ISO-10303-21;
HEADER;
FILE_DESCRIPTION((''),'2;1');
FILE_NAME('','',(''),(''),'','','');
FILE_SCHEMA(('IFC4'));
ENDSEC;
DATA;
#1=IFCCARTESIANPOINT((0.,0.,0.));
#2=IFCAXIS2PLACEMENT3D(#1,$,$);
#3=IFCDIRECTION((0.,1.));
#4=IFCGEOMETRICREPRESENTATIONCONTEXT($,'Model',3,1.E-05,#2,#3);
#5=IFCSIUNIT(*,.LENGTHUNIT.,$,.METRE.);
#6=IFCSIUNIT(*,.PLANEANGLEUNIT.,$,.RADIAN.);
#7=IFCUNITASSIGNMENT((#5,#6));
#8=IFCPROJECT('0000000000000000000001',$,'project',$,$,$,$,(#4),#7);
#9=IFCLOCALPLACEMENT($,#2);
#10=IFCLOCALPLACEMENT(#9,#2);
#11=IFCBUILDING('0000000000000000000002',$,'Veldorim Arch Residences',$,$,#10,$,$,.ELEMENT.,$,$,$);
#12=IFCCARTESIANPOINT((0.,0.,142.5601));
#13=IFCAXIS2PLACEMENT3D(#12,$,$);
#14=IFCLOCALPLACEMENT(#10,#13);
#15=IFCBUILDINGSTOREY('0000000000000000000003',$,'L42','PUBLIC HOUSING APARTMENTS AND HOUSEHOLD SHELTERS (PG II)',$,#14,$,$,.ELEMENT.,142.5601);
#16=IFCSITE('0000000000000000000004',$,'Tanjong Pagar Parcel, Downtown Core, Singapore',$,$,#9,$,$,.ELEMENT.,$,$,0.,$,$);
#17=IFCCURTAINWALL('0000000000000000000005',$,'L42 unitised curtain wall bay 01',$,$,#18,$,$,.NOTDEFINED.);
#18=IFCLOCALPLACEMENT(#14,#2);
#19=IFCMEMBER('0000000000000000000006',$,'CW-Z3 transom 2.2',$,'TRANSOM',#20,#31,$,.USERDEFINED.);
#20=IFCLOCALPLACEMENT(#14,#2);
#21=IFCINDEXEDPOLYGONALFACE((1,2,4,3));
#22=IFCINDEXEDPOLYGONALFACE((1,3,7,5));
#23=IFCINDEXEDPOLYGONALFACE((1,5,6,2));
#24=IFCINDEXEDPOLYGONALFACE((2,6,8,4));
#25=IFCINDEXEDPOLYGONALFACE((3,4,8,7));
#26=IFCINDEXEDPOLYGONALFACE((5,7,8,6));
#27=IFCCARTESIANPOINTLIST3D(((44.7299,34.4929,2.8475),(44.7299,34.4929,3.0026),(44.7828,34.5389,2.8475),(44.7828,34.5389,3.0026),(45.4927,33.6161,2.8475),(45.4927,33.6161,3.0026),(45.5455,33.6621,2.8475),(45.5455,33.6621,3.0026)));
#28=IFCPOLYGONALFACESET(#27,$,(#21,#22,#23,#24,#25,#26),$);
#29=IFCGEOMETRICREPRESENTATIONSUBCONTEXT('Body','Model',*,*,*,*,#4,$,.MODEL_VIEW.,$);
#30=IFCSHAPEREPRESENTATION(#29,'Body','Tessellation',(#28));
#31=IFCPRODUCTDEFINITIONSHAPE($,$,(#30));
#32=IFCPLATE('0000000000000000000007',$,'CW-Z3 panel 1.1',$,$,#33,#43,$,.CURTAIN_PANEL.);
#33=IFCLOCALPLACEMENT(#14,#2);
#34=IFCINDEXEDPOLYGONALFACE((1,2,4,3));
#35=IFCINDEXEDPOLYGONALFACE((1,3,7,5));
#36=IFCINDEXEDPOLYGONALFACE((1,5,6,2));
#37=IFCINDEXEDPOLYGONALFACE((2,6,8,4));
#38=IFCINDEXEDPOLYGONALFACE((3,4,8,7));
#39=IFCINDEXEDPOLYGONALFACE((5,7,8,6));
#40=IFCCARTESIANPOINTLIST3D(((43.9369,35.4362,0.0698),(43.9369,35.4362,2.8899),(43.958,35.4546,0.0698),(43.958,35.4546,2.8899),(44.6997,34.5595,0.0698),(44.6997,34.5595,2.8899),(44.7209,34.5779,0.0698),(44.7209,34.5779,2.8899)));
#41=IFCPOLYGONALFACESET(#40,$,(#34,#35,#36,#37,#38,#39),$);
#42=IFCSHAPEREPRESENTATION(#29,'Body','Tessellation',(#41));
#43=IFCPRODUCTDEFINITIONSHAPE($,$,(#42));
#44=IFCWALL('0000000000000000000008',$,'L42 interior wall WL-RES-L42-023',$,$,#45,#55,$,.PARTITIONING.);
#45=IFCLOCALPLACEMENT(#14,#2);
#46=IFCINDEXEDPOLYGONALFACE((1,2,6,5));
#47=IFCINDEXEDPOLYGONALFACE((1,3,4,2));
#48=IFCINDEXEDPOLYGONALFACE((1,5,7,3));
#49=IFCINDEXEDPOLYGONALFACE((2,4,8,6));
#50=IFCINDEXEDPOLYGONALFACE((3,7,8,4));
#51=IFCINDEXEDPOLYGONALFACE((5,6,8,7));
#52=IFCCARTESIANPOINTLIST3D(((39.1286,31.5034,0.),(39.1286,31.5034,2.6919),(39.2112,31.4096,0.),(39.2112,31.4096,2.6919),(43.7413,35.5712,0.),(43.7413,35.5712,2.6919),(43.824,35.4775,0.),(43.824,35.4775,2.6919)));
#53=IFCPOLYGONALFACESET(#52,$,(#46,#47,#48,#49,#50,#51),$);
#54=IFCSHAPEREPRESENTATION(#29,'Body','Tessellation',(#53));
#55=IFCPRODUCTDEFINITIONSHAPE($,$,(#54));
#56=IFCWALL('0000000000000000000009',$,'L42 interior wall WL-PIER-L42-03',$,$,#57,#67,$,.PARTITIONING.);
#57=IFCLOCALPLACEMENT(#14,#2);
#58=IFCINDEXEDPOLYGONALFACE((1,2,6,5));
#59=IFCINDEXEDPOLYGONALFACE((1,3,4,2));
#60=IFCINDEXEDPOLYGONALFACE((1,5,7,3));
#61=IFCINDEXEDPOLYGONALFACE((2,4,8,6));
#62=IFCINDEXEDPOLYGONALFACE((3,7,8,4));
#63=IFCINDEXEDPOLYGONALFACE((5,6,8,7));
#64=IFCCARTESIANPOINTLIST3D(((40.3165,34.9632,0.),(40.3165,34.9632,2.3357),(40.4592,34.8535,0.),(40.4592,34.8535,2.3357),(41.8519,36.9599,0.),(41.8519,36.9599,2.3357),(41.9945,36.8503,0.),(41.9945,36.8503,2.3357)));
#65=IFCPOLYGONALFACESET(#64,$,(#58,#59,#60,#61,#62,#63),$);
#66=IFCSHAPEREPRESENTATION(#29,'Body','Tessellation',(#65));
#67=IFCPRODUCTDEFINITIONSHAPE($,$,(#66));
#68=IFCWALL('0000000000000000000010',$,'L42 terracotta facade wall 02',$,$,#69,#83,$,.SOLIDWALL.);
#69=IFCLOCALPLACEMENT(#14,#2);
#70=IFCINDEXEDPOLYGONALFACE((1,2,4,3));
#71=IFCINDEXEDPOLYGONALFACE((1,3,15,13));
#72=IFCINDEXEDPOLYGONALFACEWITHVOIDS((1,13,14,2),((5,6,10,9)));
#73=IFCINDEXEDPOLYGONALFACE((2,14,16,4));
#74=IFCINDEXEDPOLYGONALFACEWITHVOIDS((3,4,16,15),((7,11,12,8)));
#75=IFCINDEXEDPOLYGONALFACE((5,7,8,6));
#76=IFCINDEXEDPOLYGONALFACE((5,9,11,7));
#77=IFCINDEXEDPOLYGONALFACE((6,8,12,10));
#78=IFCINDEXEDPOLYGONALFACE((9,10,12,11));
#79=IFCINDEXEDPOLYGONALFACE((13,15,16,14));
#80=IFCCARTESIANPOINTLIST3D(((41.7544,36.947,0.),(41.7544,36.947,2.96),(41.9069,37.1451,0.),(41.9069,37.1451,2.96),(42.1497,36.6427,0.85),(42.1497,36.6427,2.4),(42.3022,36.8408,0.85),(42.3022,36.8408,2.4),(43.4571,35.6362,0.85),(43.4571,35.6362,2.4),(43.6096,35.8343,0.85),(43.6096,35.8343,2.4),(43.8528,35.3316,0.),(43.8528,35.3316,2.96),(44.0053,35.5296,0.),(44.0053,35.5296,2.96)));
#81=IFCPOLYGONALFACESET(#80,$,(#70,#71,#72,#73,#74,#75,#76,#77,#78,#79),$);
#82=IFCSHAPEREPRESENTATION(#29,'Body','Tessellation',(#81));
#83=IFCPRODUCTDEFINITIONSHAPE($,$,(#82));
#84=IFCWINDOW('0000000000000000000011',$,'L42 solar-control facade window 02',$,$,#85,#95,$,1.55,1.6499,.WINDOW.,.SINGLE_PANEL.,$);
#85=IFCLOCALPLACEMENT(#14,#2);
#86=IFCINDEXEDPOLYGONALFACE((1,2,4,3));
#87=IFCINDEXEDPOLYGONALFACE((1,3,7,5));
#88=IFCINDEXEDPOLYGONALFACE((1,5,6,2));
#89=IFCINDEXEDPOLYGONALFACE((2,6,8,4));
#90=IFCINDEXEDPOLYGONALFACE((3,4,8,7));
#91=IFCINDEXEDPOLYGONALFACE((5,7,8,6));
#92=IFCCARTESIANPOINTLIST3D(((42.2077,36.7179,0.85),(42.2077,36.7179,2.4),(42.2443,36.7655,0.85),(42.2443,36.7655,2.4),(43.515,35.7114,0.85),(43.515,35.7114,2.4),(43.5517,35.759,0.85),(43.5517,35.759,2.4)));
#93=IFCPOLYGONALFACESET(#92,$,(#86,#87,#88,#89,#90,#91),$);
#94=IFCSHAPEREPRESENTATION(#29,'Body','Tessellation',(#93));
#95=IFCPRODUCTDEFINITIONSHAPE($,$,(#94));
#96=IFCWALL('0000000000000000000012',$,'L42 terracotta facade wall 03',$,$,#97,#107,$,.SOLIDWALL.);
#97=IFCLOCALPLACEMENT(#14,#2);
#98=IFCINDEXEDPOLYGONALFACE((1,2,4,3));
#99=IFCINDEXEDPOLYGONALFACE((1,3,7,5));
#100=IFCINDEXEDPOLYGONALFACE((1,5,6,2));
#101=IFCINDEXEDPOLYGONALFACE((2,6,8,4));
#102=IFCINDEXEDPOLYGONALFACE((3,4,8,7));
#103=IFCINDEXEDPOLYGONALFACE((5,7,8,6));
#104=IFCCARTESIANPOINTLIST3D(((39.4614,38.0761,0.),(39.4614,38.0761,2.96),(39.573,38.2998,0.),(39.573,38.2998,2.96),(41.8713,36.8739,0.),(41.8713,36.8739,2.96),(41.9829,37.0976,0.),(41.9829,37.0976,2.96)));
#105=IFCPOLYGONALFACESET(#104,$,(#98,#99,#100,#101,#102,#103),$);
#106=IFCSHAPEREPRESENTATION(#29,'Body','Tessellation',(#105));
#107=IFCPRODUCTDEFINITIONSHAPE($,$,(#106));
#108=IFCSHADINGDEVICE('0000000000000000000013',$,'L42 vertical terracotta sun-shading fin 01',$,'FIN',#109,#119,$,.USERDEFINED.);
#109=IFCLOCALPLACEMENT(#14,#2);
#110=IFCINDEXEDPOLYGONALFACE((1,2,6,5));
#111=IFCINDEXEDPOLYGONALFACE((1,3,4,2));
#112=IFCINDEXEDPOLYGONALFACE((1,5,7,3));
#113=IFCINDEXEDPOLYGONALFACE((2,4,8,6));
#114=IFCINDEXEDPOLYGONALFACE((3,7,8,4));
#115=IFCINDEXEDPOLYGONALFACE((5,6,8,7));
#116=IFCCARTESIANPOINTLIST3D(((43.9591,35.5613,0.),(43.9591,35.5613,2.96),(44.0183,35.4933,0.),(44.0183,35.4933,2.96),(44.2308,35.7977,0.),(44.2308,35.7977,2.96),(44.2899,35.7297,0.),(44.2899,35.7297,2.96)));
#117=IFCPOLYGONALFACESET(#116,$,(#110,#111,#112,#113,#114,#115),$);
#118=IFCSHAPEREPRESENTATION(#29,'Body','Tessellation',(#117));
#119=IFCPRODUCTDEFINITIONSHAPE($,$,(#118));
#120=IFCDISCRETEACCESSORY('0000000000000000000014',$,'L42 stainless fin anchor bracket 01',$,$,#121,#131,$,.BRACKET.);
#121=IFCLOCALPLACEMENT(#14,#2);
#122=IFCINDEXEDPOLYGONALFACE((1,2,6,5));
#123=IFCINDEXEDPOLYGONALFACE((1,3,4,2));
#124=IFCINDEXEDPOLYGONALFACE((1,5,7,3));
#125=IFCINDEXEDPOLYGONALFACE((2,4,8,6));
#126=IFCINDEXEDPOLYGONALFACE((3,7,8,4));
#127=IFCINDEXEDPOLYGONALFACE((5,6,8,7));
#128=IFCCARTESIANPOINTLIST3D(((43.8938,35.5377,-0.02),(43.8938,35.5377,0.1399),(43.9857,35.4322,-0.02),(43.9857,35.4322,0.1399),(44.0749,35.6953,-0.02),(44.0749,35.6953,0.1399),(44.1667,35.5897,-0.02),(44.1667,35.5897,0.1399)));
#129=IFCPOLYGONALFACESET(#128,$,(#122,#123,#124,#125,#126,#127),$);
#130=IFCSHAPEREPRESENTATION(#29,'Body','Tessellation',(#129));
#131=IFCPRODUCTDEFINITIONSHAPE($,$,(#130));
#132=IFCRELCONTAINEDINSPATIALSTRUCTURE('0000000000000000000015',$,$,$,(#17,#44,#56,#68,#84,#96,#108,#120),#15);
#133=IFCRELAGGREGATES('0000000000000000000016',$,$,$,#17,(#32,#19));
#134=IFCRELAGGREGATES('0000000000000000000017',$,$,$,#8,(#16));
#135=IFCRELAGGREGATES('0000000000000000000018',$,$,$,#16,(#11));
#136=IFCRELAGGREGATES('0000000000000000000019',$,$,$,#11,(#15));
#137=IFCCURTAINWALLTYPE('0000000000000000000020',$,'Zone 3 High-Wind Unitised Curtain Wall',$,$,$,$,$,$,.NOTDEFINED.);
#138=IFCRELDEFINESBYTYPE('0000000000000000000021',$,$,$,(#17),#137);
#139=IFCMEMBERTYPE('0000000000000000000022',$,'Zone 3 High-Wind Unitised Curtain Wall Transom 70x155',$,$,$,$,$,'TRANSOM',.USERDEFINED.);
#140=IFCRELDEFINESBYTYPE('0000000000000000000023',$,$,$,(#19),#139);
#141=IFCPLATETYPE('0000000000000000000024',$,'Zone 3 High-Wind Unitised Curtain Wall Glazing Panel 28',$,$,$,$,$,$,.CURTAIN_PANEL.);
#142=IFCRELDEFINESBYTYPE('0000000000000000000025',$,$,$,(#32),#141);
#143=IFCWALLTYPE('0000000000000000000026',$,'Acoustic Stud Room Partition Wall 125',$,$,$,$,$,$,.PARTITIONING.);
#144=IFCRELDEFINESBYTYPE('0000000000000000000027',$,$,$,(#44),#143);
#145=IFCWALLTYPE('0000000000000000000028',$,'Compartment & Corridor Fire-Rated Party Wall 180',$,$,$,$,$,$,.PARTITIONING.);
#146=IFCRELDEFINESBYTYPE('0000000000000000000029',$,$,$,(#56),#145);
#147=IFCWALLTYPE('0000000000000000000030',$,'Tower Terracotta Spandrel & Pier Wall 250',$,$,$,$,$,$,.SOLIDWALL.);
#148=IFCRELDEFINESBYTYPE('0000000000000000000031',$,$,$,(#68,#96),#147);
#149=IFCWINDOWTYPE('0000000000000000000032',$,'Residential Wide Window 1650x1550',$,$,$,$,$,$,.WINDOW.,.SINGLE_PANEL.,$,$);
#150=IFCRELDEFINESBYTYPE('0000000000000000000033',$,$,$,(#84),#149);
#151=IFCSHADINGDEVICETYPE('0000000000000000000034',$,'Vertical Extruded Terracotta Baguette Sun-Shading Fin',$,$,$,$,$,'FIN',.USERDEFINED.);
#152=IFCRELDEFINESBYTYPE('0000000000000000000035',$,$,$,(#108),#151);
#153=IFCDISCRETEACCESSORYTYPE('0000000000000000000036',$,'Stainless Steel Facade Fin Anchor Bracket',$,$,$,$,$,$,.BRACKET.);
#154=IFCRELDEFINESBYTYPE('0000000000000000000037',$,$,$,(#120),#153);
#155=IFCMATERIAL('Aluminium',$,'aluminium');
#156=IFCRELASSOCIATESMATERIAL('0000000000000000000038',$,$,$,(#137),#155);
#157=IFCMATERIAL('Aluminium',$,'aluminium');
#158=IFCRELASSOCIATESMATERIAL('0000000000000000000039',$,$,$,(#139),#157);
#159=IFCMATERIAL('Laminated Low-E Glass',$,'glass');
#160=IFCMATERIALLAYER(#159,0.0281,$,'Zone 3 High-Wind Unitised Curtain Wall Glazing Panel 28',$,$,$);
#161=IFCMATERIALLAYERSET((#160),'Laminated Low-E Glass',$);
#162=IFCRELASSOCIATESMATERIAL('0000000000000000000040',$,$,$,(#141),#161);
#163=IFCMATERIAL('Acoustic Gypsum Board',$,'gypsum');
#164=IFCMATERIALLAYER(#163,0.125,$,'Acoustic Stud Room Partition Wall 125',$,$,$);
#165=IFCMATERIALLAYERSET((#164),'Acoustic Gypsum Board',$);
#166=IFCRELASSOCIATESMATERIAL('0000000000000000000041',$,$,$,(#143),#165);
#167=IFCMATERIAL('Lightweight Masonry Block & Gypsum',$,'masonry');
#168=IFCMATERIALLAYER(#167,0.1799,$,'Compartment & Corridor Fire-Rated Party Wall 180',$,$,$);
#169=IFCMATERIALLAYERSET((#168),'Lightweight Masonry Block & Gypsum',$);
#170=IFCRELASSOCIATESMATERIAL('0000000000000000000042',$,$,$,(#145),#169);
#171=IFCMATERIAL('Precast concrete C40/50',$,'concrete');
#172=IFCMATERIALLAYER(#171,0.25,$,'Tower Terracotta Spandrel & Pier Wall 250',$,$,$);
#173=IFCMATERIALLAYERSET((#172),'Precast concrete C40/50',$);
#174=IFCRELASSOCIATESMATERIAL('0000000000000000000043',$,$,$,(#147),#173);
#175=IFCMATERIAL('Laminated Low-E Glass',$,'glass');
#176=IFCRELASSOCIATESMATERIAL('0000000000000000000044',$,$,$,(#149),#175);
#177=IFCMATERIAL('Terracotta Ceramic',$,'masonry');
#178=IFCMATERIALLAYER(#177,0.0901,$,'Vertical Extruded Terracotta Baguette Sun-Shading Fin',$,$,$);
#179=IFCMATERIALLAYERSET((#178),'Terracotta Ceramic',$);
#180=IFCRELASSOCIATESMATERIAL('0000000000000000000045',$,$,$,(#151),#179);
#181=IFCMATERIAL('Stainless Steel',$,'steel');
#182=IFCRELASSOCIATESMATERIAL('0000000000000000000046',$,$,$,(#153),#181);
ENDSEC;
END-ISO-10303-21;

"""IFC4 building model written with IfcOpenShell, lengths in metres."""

from ifc_helpers import new_model, si_unit, direction, frame, frame_2d, origin, origin_2d, place, context, subcontext, project, spatial, rectangle, extrude, material, layer, layer_set, material_profile, profile_set, type_object, element, fill, aggregate, save


model = new_model("IFC4")

# Units and contexts
model_context = context("Model", 3, precision=1e-05, world=origin(), true_north=direction((0.0, 1.0)))
body_context = subcontext(model_context, "Body", "Model", "MODEL_VIEW")
ifc_project = project(units=[si_unit("LENGTHUNIT", "METRE"), si_unit("PLANEANGLEUNIT", "RADIAN")], contexts=[model_context])

# Site, building, storey
site_placement = place(None, origin())
site = spatial("IfcSite", under=ifc_project, at=site_placement, Name="Tanjong Pagar Parcel, Downtown Core, Singapore", CompositionType="ELEMENT", RefElevation=0.0)
building_placement = place(site_placement, origin())
building = spatial("IfcBuilding", under=site, at=building_placement, Name="Veldorim Arch Residences", CompositionType="ELEMENT")
storey_placement = place(building_placement, frame((0.0, 0.0, 142.5601)))
storey = spatial("IfcBuildingStorey", under=building, at=storey_placement, Name="L42", Description="PUBLIC HOUSING APARTMENTS AND HOUSEHOLD SHELTERS (PG II)", CompositionType="ELEMENT", Elevation=142.5601)

# Curtain wall, member, plate
ifc_material_1 = material(Name="Aluminium", Category="aluminium")
curtain_wall_type = type_object("IfcCurtainWallType", Name="Zone 3 High-Wind Unitised Curtain Wall", PredefinedType="NOTDEFINED", material=ifc_material_1)
curtain_wall_placement = place(storey_placement, origin())
curtain_wall = element("IfcCurtainWall", 1, at=curtain_wall_placement, inside=storey, type_object=curtain_wall_type, Name="L42 unitised curtain wall bay 01", PredefinedType="NOTDEFINED")
ifc_material_2 = material(Name="Aluminium", Category="aluminium")
ifc_material_profile_1 = material_profile(ifc_material_2, rectangle(XDim=0.0701, YDim=0.155, at=origin_2d()), Name="ALU_TRN_70x155")
ifc_profile_set_1 = profile_set([ifc_material_profile_1], Name="Aluminium")
member_type_1 = type_object("IfcMemberType", Name="Zone 3 High-Wind Unitised Curtain Wall Transom 70x155", ElementType="TRANSOM", PredefinedType="USERDEFINED", material=ifc_profile_set_1)
member_1_placement = place(storey_placement, frame((44.7563, 34.5159, 2.925), z_axis=(0.656345, -0.754461, 0.0), x_axis=(0.754461, 0.656345, 0.0)))
member_1 = element("IfcMember", 2, at=member_1_placement, type_object=member_type_1, Name="CW-Z3 transom 2.2", ObjectType="TRANSOM", PredefinedType="USERDEFINED", context=body_context, shape_type="SweptSolid", body=[
    extrude(rectangle(XDim=0.0701, YDim=0.155, at=origin_2d()), origin(), (0.0, 0.0, 1.0), 1.1621),
])
ifc_material_3 = material(Name="Laminated Low-E Glass", Category="glass")
ifc_layer_1 = layer(ifc_material_3, 0.0281, Name="Zone 3 High-Wind Unitised Curtain Wall Glazing Panel 28")
ifc_layer_set_1 = layer_set([ifc_layer_1], Name="Laminated Low-E Glass")
plate_type = type_object("IfcPlateType", Name="Zone 3 High-Wind Unitised Curtain Wall Glazing Panel 28", PredefinedType="CURTAIN_PANEL", material=ifc_layer_set_1)
plate_placement = place(storey_placement, frame((44.3289, 35.0071, 0.0698), z_axis=(0.0, 0.0, 1.0), x_axis=(0.656415, -0.7544, 0.0)))
plate = element("IfcPlate", 3, at=plate_placement, type_object=plate_type, Name="CW-Z3 panel 1.1", PredefinedType="CURTAIN_PANEL", context=body_context, shape_type="SweptSolid", body=[
    extrude(rectangle(XDim=1.1621, YDim=0.0281, at=origin_2d()), origin(), (0.0, 0.0, 1.0), 2.8201),
])
aggregate(curtain_wall, [plate, member_1])

# Walls
ifc_material_4 = material(Name="Acoustic Gypsum Board", Category="gypsum")
ifc_layer_2 = layer(ifc_material_4, 0.125, Name="Acoustic Stud Room Partition Wall 125")
ifc_layer_set_2 = layer_set([ifc_layer_2], Name="Acoustic Gypsum Board")
wall_type_1 = type_object("IfcWallType", Name="Acoustic Stud Room Partition Wall 125", PredefinedType="PARTITIONING", material=ifc_layer_set_2)
wall_1_placement = place(storey_placement, frame((43.7827, 35.5244, 0.0), z_axis=(0.0, 0.0, 1.0), x_axis=(-0.750019, -0.661417, 0.0)))
element("IfcWall", 4, at=wall_1_placement, inside=storey, type_object=wall_type_1, Name="L42 interior wall WL-RES-L42-023", PredefinedType="PARTITIONING", context=body_context, shape_type="SweptSolid", body=[
    extrude(rectangle(XDim=6.1501, YDim=0.125, at=frame_2d((3.0752, 0.0))), origin(), (0.0, 0.0, 1.0), 2.6919),
])
ifc_material_5 = material(Name="Lightweight Masonry Block & Gypsum", Category="masonry")
ifc_layer_3 = layer(ifc_material_5, 0.1799, Name="Compartment & Corridor Fire-Rated Party Wall 180")
ifc_layer_set_3 = layer_set([ifc_layer_3], Name="Lightweight Masonry Block & Gypsum")
wall_type_2 = type_object("IfcWallType", Name="Compartment & Corridor Fire-Rated Party Wall 180", PredefinedType="PARTITIONING", material=ifc_layer_set_3)
wall_2_placement = place(storey_placement, frame((40.3879, 34.9084, 0.0), z_axis=(0.0, 0.0, 1.0), x_axis=(0.609556, 0.792743, 0.0)))
element("IfcWall", 5, at=wall_2_placement, inside=storey, type_object=wall_type_2, Name="L42 interior wall WL-PIER-L42-03", PredefinedType="PARTITIONING", context=body_context, shape_type="SweptSolid", body=[
    extrude(rectangle(XDim=2.5188, YDim=0.1799, at=frame_2d((1.2593, 0.0))), origin(), (0.0, 0.0, 1.0), 2.3357),
])

# Wall, opening, window
ifc_material_6 = material(Name="Precast concrete C40/50", Category="concrete")
ifc_layer_4 = layer(ifc_material_6, 0.25, Name="Tower Terracotta Spandrel & Pier Wall 250")
ifc_layer_set_4 = layer_set([ifc_layer_4], Name="Precast concrete C40/50")
wall_type_3 = type_object("IfcWallType", Name="Tower Terracotta Spandrel & Pier Wall 250", PredefinedType="SOLIDWALL", material=ifc_layer_set_4)
wall_3_placement = place(storey_placement, frame((41.8306, 37.0461, 0.0), z_axis=(0.0, 0.0, 1.0), x_axis=(0.792381, -0.610027, 0.0)))
wall_3 = element("IfcWall", 6, at=wall_3_placement, inside=storey, type_object=wall_type_3, Name="L42 terracotta facade wall 02", PredefinedType="SOLIDWALL", context=body_context, shape_type="SweptSolid", body=[
    extrude(rectangle(XDim=2.6482, YDim=0.25, at=frame_2d((1.3242, 0.0))), origin(), (0.0, 0.0, 1.0), 2.96),
])
opening_placement = place(wall_3_placement, frame((0.499, 0.0, 0.8501)))
opening = element("IfcOpeningElement", 7, at=opening_placement, cuts=wall_3, PredefinedType="OPENING", context=body_context, shape_type="SweptSolid", body=[
    extrude(rectangle(XDim=1.6499, YDim=1.55, at=frame_2d((0.825, 0.7749))), frame((0.0, 0.135, 0.0), z_axis=(0.0, -1.0, 0.0), x_axis=(1.0, 0.0, 0.0)), (0.0, 0.0, 1.0), 0.27),
])
ifc_material_7 = material(Name="Laminated Low-E Glass", Category="glass")
window_type = type_object("IfcWindowType", Name="Residential Wide Window 1650x1550", PartitioningType="SINGLE_PANEL", PredefinedType="WINDOW", material=ifc_material_7)
window_placement = place(opening_placement, origin())
window = element("IfcWindow", 8, at=window_placement, inside=storey, type_object=window_type, Name="L42 solar-control facade window 02", OverallHeight=1.55, OverallWidth=1.6499, PartitioningType="SINGLE_PANEL", PredefinedType="WINDOW", context=body_context, shape_type="SweptSolid", body=[
    extrude(rectangle(XDim=1.6499, YDim=1.55, at=frame_2d((0.825, 0.7749))), frame((0.0, 0.03, 0.0), z_axis=(0.0, -1.0, 0.0), x_axis=(1.0, 0.0, 0.0)), (0.0, 0.0, 1.0), 0.0601),
])
fill(opening, window)

# Wall
wall_4_placement = place(storey_placement, frame((39.5171, 38.188, 0.0), z_axis=(0.0, 0.0, 1.0), x_axis=(0.894844, -0.446379, 0.0)))
element("IfcWall", 9, at=wall_4_placement, inside=storey, type_object=wall_type_3, Name="L42 terracotta facade wall 03", PredefinedType="SOLIDWALL", context=body_context, shape_type="SweptSolid", body=[
    extrude(rectangle(XDim=2.6931, YDim=0.25, at=frame_2d((1.3467, 0.0))), origin(), (0.0, 0.0, 1.0), 2.96),
])

# Shading device
ifc_material_8 = material(Name="Terracotta Ceramic", Category="masonry")
ifc_layer_5 = layer(ifc_material_8, 0.0901, Name="Vertical Extruded Terracotta Baguette Sun-Shading Fin")
ifc_layer_set_5 = layer_set([ifc_layer_5], Name="Terracotta Ceramic")
shading_device_type = type_object("IfcShadingDeviceType", Name="Vertical Extruded Terracotta Baguette Sun-Shading Fin", ElementType="FIN", PredefinedType="USERDEFINED", material=ifc_layer_set_5)
shading_device_placement = place(storey_placement, frame((44.1245, 35.6455, 0.0), z_axis=(0.0, 0.0, 1.0), x_axis=(0.656454, -0.754366, 0.0)))
element("IfcShadingDevice", 10, at=shading_device_placement, inside=storey, type_object=shading_device_type, Name="L42 vertical terracotta sun-shading fin 01", ObjectType="FIN", PredefinedType="USERDEFINED", context=body_context, shape_type="SweptSolid", body=[
    extrude(rectangle(XDim=0.0901, YDim=0.3601, at=origin_2d()), origin(), (0.0, 0.0, 1.0), 2.96),
])

# Discrete accessory
ifc_material_9 = material(Name="Stainless Steel", Category="steel")
discrete_accessory_type = type_object("IfcDiscreteAccessoryType", Name="Stainless Steel Facade Fin Anchor Bracket", PredefinedType="BRACKET", material=ifc_material_9)
discrete_accessory_placement = place(storey_placement, frame((44.0303, 35.5637, -0.02), z_axis=(0.0, 0.0, 1.0), x_axis=(0.656454, -0.754366, 0.0)))
element("IfcDiscreteAccessory", 11, at=discrete_accessory_placement, inside=storey, type_object=discrete_accessory_type, Name="L42 stainless fin anchor bracket 01", PredefinedType="BRACKET", context=body_context, shape_type="SweptSolid", body=[
    extrude(rectangle(XDim=0.1399, YDim=0.24, at=origin_2d()), origin(), (0.0, 0.0, 1.0), 0.1599),
])

save(model, "model.ifc")
